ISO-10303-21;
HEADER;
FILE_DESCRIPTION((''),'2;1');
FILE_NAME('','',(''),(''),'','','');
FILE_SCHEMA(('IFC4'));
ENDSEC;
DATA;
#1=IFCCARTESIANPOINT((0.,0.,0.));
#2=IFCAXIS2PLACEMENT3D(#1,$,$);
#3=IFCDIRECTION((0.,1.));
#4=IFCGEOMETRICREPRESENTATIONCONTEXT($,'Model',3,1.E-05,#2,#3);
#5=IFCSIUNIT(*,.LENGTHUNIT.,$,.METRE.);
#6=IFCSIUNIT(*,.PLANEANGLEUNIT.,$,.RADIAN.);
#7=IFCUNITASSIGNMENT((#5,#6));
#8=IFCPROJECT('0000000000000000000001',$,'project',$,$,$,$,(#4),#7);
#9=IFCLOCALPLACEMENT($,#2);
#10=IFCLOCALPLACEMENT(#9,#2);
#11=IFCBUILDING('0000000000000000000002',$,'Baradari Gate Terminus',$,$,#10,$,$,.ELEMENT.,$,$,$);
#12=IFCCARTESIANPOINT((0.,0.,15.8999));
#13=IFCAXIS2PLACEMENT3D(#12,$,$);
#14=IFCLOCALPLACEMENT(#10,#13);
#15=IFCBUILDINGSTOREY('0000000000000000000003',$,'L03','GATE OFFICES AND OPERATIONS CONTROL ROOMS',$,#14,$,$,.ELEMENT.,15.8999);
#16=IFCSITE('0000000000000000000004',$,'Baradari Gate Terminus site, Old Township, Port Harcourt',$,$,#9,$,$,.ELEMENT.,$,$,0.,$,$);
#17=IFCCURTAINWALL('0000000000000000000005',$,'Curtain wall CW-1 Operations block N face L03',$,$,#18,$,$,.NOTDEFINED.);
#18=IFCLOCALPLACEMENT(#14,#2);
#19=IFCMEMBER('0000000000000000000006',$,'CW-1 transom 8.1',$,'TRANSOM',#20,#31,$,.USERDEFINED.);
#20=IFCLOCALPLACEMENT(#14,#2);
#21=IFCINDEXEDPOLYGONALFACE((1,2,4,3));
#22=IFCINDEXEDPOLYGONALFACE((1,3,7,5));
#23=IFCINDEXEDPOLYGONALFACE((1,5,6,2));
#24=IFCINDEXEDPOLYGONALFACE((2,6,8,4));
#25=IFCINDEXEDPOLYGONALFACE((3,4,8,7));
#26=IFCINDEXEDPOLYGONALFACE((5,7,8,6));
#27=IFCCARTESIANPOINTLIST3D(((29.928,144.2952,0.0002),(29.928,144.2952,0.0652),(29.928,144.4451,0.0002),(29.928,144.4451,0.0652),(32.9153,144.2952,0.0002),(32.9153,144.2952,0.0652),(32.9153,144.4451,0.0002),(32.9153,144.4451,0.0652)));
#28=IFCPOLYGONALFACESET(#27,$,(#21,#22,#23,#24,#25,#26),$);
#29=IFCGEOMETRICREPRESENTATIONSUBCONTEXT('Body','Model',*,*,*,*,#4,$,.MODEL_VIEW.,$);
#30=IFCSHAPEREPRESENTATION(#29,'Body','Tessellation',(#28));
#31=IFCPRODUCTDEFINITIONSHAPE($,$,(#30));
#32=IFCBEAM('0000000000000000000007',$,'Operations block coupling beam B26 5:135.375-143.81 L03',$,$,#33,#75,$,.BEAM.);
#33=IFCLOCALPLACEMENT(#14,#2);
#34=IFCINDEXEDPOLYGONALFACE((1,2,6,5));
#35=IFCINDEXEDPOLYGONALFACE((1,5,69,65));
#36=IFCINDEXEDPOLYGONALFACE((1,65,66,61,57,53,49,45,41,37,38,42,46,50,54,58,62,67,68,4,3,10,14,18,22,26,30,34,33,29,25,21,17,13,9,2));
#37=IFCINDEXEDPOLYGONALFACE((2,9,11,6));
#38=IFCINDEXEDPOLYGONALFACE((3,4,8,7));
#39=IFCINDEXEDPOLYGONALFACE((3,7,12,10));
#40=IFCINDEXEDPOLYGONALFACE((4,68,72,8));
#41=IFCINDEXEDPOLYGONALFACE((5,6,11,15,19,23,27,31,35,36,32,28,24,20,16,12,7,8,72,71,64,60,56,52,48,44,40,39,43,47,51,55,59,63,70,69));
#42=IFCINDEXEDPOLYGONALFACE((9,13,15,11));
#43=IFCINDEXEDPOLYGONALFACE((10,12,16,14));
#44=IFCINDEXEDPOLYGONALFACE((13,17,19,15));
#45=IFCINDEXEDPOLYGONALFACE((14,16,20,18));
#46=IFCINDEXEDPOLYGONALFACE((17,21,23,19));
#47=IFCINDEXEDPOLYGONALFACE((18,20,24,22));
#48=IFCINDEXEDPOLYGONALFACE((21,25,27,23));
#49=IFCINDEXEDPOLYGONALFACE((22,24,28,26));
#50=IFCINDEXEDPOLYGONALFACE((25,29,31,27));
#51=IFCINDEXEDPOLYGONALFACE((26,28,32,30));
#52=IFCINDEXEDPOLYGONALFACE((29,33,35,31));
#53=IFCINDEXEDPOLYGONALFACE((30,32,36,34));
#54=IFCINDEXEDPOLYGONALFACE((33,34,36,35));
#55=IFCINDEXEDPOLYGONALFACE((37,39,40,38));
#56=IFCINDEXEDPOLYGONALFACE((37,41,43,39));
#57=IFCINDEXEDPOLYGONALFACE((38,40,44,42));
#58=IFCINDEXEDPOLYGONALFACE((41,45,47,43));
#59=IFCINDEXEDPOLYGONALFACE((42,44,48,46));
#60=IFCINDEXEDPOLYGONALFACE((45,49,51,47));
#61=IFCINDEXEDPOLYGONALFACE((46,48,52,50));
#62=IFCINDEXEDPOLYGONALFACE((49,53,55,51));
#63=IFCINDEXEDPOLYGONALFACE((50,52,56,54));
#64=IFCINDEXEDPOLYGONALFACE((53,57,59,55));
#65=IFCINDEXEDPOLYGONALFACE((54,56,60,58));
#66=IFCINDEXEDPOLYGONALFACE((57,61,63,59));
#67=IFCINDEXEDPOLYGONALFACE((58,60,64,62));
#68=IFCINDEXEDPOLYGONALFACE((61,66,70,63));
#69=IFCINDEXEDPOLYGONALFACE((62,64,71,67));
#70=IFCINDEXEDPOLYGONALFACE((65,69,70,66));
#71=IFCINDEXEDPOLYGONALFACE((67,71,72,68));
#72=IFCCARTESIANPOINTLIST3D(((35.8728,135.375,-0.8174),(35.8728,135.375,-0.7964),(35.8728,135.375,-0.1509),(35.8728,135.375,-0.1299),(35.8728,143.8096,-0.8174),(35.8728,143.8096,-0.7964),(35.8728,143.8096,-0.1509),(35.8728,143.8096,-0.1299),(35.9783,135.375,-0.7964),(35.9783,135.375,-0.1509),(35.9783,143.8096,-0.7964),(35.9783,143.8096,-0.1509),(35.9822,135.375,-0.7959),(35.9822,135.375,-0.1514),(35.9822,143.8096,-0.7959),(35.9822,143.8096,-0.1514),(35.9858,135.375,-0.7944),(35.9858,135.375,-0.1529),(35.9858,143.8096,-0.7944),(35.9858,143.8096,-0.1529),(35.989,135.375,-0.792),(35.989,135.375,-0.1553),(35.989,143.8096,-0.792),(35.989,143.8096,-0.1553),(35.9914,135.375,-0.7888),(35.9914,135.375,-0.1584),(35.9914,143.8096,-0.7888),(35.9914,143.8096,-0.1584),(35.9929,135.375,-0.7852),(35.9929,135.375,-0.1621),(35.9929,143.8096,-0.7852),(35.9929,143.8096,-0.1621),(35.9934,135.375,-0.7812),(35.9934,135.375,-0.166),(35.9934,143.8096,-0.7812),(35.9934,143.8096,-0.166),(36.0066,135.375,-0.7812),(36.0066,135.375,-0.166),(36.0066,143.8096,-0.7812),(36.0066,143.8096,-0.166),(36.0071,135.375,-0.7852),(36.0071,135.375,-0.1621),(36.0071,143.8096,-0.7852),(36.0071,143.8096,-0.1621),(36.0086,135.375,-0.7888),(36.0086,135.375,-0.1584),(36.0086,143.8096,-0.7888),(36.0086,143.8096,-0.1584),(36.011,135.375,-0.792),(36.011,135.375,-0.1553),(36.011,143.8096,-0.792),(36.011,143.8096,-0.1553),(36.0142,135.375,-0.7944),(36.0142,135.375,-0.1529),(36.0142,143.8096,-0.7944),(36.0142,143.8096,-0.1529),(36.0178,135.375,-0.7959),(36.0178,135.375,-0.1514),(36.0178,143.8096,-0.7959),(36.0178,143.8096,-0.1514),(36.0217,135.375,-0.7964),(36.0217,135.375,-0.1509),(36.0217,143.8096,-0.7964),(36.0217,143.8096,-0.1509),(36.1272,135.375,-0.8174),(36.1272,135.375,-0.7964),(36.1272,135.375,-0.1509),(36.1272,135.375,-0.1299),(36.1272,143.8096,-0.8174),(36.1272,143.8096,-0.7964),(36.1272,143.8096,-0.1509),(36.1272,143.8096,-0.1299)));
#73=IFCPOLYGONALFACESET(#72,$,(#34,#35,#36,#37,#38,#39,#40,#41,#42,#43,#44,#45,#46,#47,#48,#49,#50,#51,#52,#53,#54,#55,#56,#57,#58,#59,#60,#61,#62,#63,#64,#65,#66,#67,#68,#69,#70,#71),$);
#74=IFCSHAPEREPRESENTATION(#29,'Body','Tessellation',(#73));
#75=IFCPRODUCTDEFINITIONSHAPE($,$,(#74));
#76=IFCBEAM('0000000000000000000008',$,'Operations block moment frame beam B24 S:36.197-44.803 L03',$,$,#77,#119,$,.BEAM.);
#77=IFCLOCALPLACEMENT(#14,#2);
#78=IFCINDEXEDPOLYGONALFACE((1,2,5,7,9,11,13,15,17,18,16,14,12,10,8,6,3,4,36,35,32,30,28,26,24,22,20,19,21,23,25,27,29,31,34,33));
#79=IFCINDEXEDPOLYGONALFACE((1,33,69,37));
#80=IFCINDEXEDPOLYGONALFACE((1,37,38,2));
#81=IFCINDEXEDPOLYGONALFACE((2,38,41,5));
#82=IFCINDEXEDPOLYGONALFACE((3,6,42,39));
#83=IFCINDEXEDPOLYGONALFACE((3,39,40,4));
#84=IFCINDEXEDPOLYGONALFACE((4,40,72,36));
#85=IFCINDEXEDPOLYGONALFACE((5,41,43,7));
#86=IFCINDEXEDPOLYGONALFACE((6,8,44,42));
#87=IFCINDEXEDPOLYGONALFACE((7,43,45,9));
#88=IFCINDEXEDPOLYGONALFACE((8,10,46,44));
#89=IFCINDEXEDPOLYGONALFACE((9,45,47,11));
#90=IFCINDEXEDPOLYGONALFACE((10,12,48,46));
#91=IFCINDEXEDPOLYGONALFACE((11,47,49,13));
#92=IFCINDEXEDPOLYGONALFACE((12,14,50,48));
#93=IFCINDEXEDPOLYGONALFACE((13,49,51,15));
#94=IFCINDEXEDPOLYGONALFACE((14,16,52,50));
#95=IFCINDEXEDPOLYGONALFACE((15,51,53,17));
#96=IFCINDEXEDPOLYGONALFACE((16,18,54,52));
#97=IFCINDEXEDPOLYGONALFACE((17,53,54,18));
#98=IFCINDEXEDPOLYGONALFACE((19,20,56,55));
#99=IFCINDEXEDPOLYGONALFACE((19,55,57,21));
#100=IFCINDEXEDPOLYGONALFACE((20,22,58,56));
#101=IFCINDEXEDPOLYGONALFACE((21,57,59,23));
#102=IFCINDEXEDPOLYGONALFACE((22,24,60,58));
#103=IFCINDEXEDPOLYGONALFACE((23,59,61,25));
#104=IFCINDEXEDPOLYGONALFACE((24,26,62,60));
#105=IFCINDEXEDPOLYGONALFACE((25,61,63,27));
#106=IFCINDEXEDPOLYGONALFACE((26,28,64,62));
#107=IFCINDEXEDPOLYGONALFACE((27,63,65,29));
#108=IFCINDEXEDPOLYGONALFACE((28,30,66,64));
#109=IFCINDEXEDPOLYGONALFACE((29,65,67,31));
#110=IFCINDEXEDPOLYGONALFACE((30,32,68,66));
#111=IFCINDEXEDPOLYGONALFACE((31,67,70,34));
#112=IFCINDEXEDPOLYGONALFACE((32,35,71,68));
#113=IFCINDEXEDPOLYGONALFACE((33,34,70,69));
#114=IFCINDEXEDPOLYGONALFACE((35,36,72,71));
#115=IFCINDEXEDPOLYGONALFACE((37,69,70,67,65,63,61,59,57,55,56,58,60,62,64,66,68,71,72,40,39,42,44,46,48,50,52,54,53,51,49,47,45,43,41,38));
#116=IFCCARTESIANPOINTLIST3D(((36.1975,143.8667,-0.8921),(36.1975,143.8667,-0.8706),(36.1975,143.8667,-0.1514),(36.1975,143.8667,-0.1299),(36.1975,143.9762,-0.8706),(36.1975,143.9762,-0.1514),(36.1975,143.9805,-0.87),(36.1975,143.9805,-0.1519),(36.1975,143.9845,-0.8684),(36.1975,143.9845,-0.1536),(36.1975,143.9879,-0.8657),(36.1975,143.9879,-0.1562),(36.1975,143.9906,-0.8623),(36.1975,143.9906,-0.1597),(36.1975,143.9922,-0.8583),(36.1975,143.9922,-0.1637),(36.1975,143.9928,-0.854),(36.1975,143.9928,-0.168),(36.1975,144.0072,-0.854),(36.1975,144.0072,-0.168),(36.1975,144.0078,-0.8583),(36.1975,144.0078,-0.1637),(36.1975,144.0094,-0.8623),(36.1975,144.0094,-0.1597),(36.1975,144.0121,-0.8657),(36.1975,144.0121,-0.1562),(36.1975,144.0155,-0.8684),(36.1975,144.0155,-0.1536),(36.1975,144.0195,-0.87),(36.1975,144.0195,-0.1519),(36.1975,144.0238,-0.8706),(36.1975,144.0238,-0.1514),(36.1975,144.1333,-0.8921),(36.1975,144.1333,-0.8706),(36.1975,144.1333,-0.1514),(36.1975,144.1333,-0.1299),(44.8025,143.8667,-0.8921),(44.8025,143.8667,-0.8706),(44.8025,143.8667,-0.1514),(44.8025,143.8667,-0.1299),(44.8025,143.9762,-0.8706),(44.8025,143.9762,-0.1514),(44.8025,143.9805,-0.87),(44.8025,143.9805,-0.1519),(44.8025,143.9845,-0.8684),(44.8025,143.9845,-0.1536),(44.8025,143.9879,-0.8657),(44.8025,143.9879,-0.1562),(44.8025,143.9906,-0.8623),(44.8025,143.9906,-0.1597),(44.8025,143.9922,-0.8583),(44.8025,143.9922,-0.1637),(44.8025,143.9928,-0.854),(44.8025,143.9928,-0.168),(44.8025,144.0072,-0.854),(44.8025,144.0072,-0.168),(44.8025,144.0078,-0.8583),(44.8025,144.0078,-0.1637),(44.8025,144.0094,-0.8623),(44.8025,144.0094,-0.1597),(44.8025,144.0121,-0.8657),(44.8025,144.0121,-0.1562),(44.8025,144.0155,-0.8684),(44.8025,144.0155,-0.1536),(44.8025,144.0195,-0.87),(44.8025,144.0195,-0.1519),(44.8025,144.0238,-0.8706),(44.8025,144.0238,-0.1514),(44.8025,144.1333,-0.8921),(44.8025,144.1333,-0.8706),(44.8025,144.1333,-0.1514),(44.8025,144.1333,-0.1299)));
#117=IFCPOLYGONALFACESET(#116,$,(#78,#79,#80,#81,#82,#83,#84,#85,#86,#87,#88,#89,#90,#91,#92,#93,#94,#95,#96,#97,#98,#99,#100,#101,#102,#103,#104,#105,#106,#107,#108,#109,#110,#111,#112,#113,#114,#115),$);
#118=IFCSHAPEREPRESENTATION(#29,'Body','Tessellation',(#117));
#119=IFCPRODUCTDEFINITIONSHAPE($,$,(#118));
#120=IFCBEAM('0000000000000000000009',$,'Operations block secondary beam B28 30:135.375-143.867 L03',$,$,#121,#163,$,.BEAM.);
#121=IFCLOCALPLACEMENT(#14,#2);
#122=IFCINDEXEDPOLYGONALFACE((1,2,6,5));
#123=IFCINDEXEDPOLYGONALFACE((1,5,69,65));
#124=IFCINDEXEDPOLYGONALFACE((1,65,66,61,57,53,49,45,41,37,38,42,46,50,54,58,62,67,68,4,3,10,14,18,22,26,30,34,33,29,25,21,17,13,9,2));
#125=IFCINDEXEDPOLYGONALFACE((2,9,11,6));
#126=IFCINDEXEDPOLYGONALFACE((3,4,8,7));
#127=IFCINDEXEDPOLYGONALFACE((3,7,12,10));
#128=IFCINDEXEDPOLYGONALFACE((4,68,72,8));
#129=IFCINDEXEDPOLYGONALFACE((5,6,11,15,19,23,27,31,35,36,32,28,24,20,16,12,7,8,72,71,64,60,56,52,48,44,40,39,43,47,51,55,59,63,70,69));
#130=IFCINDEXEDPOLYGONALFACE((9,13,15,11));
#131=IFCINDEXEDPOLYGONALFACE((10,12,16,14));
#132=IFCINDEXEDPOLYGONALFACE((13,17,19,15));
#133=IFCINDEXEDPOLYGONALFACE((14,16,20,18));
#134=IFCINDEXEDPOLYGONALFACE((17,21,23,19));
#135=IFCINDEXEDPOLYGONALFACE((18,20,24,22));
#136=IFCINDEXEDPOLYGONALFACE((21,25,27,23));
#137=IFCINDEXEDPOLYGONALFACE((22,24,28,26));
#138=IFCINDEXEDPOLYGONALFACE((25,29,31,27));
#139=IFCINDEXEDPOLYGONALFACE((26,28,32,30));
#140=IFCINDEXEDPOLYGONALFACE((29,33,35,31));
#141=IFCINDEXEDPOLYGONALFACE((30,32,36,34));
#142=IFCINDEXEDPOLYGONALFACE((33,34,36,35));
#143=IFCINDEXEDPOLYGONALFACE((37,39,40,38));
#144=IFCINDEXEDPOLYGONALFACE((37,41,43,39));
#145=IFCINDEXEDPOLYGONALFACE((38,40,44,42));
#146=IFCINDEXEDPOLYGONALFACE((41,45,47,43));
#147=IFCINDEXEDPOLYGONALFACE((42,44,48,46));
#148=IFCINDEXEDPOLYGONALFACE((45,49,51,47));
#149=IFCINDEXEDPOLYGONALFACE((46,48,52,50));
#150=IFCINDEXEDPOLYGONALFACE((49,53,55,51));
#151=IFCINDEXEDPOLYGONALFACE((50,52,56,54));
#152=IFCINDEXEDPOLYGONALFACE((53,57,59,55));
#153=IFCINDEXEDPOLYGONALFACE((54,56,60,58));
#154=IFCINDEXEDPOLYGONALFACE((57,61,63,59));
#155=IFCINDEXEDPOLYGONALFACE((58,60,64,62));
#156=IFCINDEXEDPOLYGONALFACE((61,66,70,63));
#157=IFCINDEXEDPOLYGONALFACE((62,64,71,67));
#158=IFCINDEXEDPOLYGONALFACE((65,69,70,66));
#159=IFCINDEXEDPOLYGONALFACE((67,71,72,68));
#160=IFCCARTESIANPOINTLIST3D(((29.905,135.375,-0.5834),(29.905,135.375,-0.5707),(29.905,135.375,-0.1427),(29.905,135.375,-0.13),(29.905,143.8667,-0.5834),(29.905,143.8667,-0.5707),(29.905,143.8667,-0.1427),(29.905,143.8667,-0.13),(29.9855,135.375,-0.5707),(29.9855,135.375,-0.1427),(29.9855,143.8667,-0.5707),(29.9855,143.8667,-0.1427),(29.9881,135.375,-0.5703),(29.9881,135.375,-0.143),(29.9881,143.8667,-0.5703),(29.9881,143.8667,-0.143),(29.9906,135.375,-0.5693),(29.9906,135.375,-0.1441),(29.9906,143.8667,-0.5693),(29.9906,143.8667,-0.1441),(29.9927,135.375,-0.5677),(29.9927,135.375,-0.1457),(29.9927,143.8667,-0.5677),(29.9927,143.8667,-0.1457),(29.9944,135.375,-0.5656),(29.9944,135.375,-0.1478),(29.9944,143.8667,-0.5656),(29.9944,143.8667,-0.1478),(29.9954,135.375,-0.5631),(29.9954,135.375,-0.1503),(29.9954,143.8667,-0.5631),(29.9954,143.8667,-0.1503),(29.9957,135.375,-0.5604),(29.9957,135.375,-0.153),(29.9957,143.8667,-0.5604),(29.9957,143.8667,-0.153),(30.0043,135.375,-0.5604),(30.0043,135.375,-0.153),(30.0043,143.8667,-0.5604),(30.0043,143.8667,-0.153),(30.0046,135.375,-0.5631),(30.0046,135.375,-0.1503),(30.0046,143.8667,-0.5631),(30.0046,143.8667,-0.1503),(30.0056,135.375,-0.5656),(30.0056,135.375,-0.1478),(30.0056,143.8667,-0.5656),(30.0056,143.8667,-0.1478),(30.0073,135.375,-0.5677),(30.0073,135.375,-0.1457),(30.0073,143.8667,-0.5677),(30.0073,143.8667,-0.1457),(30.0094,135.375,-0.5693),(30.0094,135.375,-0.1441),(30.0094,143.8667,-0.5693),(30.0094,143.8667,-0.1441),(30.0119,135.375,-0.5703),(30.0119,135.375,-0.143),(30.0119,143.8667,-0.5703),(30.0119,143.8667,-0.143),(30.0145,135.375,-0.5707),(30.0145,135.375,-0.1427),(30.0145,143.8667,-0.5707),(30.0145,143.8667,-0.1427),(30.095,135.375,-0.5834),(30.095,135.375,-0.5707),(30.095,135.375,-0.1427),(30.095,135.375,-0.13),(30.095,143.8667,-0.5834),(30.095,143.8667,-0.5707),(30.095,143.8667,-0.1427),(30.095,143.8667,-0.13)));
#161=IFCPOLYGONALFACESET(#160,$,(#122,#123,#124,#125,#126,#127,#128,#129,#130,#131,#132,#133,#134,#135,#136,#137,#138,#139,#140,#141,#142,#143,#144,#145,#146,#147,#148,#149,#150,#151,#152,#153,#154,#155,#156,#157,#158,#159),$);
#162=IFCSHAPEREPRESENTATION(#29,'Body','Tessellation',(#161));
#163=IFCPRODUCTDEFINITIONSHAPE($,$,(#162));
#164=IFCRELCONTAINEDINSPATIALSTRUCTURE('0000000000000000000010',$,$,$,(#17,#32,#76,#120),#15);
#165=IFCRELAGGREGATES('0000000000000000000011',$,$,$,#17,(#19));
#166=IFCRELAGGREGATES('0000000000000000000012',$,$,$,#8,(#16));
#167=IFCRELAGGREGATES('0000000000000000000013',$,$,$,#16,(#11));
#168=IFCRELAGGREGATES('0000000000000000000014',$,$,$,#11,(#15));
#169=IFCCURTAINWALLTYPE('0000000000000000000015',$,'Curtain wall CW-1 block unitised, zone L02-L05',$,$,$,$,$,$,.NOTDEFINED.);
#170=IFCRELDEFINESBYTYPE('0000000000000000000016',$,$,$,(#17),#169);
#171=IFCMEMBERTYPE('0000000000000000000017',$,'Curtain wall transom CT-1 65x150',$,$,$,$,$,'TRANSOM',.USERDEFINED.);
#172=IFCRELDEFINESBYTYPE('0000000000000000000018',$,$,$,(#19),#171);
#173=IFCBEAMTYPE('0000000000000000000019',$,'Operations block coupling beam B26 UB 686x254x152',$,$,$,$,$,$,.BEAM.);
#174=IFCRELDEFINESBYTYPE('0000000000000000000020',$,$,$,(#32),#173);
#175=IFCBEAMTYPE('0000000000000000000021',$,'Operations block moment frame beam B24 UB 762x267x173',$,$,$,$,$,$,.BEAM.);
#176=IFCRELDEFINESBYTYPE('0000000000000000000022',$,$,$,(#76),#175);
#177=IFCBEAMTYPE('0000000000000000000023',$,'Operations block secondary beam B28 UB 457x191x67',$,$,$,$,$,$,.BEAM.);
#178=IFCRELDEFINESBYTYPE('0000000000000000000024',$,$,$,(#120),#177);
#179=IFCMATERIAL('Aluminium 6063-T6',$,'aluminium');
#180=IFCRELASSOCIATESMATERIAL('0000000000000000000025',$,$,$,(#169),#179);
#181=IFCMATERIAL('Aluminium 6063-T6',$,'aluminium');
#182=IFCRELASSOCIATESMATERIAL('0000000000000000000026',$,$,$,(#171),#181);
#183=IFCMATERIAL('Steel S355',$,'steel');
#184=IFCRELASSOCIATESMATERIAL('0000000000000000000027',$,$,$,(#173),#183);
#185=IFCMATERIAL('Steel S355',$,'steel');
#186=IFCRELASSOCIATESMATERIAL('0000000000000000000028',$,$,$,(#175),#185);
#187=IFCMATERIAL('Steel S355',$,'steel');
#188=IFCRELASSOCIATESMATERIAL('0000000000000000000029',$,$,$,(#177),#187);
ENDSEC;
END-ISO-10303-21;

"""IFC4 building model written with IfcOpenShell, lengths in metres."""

from ifc_helpers import new_model, si_unit, direction, frame, origin, origin_2d, place, context, subcontext, project, spatial, rectangle, i_section, extrude, material, material_profile, profile_set, type_object, element, aggregate, save


model = new_model("IFC4")

# Units and contexts
model_context = context("Model", 3, precision=1e-05, world=origin(), true_north=direction((0.0, 1.0)))
body_context = subcontext(model_context, "Body", "Model", "MODEL_VIEW")
ifc_project = project(units=[si_unit("LENGTHUNIT", "METRE"), si_unit("PLANEANGLEUNIT", "RADIAN")], contexts=[model_context])

# Site, building, storey
site_placement = place(None, origin())
site = spatial("IfcSite", under=ifc_project, at=site_placement, Name="Baradari Gate Terminus site, Old Township, Port Harcourt", CompositionType="ELEMENT", RefElevation=0.0)
building_placement = place(site_placement, origin())
building = spatial("IfcBuilding", under=site, at=building_placement, Name="Baradari Gate Terminus", CompositionType="ELEMENT")
storey_placement = place(building_placement, frame((0.0, 0.0, 15.8999)))
storey = spatial("IfcBuildingStorey", under=building, at=storey_placement, Name="L03", Description="GATE OFFICES AND OPERATIONS CONTROL ROOMS", CompositionType="ELEMENT", Elevation=15.8999)

# Curtain wall, member
ifc_material_1 = material(Name="Aluminium 6063-T6", Category="aluminium")
curtain_wall_type = type_object("IfcCurtainWallType", Name="Curtain wall CW-1 block unitised, zone L02-L05", PredefinedType="NOTDEFINED", material=ifc_material_1)
curtain_wall_placement = place(storey_placement, origin())
curtain_wall = element("IfcCurtainWall", 1, at=curtain_wall_placement, inside=storey, type_object=curtain_wall_type, Name="Curtain wall CW-1 Operations block N face L03", PredefinedType="NOTDEFINED")
ifc_material_2 = material(Name="Aluminium 6063-T6", Category="aluminium")
ifc_material_profile_1 = material_profile(ifc_material_2, rectangle(XDim=0.1499, YDim=0.0649, at=origin_2d()), Name="CT-1 65X150")
ifc_profile_set_1 = profile_set([ifc_material_profile_1], Name="Aluminium 6063-T6")
member_type = type_object("IfcMemberType", Name="Curtain wall transom CT-1 65x150", ElementType="TRANSOM", PredefinedType="USERDEFINED", material=ifc_profile_set_1)
member_placement = place(storey_placement, frame((29.928, 144.3701, 0.0327), z_axis=(1.0, 0.0, 0.0), x_axis=(0.0, 1.0, 0.0)))
member = element("IfcMember", 2, at=member_placement, type_object=member_type, Name="CW-1 transom 8.1", ObjectType="TRANSOM", PredefinedType="USERDEFINED", context=body_context, shape_type="SweptSolid", body=[
    extrude(rectangle(XDim=0.1499, YDim=0.0649, at=origin_2d()), origin(), (0.0, 0.0, 1.0), 2.9873),
])
aggregate(curtain_wall, [member])

# Beams
ifc_material_3 = material(Name="Steel S355", Category="steel")
ifc_material_profile_2 = material_profile(ifc_material_3, i_section(OverallWidth=0.2544, OverallDepth=0.6875, WebThickness=0.0132, FlangeThickness=0.021, FilletRadius=0.0151, at=origin_2d()), Name="UB 686x254x152")
ifc_profile_set_2 = profile_set([ifc_material_profile_2], Name="Steel S355")
beam_type_1 = type_object("IfcBeamType", Name="Operations block coupling beam B26 UB 686x254x152", PredefinedType="BEAM", material=ifc_profile_set_2)
beam_1_placement = place(storey_placement, frame((36.0, 135.375, -0.4736), z_axis=(0.0, 1.0, 0.0), x_axis=(-1.0, 0.0, 0.0)))
element("IfcBeam", 3, at=beam_1_placement, inside=storey, type_object=beam_type_1, Name="Operations block coupling beam B26 5:135.375-143.81 L03", PredefinedType="BEAM", context=body_context, shape_type="SweptSolid", body=[
    extrude(i_section(OverallWidth=0.2544, OverallDepth=0.6875, WebThickness=0.0132, FlangeThickness=0.021, FilletRadius=0.0151, at=origin_2d()), origin(), (0.0, 0.0, 1.0), 8.4346),
])
ifc_material_4 = material(Name="Steel S355", Category="steel")
ifc_material_profile_3 = material_profile(ifc_material_4, i_section(OverallWidth=0.2666, OverallDepth=0.7622, WebThickness=0.0144, FlangeThickness=0.0215, FilletRadius=0.0166, at=origin_2d()), Name="UB 762x267x173")
ifc_profile_set_3 = profile_set([ifc_material_profile_3], Name="Steel S355")
beam_type_2 = type_object("IfcBeamType", Name="Operations block moment frame beam B24 UB 762x267x173", PredefinedType="BEAM", material=ifc_profile_set_3)
beam_2_placement = place(storey_placement, frame((36.1975, 144.0, -0.511), z_axis=(1.0, 0.0, 0.0), x_axis=(0.0, 1.0, 0.0)))
element("IfcBeam", 4, at=beam_2_placement, inside=storey, type_object=beam_type_2, Name="Operations block moment frame beam B24 S:36.197-44.803 L03", PredefinedType="BEAM", context=body_context, shape_type="SweptSolid", body=[
    extrude(i_section(OverallWidth=0.2666, OverallDepth=0.7622, WebThickness=0.0144, FlangeThickness=0.0215, FilletRadius=0.0166, at=origin_2d()), origin(), (0.0, 0.0, 1.0), 8.605),
])
ifc_material_5 = material(Name="Steel S355", Category="steel")
ifc_material_profile_4 = material_profile(ifc_material_5, i_section(OverallWidth=0.1899, OverallDepth=0.4534, WebThickness=0.0085, FlangeThickness=0.0127, FilletRadius=0.0103, at=origin_2d()), Name="UB 457x191x67")
ifc_profile_set_4 = profile_set([ifc_material_profile_4], Name="Steel S355")
beam_type_3 = type_object("IfcBeamType", Name="Operations block secondary beam B28 UB 457x191x67", PredefinedType="BEAM", material=ifc_profile_set_4)
for number, where, z_axis, x_axis, name in (
    (5, (30.0, 135.375, -0.3567), (0.0, 1.0, 0.0), (-1.0, 0.0, 0.0), "Operations block secondary beam B28 30:135.375-143.867 L03"),
):
    element("IfcBeam", number, at=place(storey_placement, frame(where, z_axis=z_axis, x_axis=x_axis)), inside=storey, type_object=beam_type_3, Name=name, PredefinedType="BEAM", context=body_context, shape_type="SweptSolid", body=[
        extrude(i_section(OverallWidth=0.1899, OverallDepth=0.4534, WebThickness=0.0085, FlangeThickness=0.0127, FilletRadius=0.0103, at=origin_2d()), origin(), (0.0, 0.0, 1.0), 8.4917),
    ])

save(model, "model.ifc")
